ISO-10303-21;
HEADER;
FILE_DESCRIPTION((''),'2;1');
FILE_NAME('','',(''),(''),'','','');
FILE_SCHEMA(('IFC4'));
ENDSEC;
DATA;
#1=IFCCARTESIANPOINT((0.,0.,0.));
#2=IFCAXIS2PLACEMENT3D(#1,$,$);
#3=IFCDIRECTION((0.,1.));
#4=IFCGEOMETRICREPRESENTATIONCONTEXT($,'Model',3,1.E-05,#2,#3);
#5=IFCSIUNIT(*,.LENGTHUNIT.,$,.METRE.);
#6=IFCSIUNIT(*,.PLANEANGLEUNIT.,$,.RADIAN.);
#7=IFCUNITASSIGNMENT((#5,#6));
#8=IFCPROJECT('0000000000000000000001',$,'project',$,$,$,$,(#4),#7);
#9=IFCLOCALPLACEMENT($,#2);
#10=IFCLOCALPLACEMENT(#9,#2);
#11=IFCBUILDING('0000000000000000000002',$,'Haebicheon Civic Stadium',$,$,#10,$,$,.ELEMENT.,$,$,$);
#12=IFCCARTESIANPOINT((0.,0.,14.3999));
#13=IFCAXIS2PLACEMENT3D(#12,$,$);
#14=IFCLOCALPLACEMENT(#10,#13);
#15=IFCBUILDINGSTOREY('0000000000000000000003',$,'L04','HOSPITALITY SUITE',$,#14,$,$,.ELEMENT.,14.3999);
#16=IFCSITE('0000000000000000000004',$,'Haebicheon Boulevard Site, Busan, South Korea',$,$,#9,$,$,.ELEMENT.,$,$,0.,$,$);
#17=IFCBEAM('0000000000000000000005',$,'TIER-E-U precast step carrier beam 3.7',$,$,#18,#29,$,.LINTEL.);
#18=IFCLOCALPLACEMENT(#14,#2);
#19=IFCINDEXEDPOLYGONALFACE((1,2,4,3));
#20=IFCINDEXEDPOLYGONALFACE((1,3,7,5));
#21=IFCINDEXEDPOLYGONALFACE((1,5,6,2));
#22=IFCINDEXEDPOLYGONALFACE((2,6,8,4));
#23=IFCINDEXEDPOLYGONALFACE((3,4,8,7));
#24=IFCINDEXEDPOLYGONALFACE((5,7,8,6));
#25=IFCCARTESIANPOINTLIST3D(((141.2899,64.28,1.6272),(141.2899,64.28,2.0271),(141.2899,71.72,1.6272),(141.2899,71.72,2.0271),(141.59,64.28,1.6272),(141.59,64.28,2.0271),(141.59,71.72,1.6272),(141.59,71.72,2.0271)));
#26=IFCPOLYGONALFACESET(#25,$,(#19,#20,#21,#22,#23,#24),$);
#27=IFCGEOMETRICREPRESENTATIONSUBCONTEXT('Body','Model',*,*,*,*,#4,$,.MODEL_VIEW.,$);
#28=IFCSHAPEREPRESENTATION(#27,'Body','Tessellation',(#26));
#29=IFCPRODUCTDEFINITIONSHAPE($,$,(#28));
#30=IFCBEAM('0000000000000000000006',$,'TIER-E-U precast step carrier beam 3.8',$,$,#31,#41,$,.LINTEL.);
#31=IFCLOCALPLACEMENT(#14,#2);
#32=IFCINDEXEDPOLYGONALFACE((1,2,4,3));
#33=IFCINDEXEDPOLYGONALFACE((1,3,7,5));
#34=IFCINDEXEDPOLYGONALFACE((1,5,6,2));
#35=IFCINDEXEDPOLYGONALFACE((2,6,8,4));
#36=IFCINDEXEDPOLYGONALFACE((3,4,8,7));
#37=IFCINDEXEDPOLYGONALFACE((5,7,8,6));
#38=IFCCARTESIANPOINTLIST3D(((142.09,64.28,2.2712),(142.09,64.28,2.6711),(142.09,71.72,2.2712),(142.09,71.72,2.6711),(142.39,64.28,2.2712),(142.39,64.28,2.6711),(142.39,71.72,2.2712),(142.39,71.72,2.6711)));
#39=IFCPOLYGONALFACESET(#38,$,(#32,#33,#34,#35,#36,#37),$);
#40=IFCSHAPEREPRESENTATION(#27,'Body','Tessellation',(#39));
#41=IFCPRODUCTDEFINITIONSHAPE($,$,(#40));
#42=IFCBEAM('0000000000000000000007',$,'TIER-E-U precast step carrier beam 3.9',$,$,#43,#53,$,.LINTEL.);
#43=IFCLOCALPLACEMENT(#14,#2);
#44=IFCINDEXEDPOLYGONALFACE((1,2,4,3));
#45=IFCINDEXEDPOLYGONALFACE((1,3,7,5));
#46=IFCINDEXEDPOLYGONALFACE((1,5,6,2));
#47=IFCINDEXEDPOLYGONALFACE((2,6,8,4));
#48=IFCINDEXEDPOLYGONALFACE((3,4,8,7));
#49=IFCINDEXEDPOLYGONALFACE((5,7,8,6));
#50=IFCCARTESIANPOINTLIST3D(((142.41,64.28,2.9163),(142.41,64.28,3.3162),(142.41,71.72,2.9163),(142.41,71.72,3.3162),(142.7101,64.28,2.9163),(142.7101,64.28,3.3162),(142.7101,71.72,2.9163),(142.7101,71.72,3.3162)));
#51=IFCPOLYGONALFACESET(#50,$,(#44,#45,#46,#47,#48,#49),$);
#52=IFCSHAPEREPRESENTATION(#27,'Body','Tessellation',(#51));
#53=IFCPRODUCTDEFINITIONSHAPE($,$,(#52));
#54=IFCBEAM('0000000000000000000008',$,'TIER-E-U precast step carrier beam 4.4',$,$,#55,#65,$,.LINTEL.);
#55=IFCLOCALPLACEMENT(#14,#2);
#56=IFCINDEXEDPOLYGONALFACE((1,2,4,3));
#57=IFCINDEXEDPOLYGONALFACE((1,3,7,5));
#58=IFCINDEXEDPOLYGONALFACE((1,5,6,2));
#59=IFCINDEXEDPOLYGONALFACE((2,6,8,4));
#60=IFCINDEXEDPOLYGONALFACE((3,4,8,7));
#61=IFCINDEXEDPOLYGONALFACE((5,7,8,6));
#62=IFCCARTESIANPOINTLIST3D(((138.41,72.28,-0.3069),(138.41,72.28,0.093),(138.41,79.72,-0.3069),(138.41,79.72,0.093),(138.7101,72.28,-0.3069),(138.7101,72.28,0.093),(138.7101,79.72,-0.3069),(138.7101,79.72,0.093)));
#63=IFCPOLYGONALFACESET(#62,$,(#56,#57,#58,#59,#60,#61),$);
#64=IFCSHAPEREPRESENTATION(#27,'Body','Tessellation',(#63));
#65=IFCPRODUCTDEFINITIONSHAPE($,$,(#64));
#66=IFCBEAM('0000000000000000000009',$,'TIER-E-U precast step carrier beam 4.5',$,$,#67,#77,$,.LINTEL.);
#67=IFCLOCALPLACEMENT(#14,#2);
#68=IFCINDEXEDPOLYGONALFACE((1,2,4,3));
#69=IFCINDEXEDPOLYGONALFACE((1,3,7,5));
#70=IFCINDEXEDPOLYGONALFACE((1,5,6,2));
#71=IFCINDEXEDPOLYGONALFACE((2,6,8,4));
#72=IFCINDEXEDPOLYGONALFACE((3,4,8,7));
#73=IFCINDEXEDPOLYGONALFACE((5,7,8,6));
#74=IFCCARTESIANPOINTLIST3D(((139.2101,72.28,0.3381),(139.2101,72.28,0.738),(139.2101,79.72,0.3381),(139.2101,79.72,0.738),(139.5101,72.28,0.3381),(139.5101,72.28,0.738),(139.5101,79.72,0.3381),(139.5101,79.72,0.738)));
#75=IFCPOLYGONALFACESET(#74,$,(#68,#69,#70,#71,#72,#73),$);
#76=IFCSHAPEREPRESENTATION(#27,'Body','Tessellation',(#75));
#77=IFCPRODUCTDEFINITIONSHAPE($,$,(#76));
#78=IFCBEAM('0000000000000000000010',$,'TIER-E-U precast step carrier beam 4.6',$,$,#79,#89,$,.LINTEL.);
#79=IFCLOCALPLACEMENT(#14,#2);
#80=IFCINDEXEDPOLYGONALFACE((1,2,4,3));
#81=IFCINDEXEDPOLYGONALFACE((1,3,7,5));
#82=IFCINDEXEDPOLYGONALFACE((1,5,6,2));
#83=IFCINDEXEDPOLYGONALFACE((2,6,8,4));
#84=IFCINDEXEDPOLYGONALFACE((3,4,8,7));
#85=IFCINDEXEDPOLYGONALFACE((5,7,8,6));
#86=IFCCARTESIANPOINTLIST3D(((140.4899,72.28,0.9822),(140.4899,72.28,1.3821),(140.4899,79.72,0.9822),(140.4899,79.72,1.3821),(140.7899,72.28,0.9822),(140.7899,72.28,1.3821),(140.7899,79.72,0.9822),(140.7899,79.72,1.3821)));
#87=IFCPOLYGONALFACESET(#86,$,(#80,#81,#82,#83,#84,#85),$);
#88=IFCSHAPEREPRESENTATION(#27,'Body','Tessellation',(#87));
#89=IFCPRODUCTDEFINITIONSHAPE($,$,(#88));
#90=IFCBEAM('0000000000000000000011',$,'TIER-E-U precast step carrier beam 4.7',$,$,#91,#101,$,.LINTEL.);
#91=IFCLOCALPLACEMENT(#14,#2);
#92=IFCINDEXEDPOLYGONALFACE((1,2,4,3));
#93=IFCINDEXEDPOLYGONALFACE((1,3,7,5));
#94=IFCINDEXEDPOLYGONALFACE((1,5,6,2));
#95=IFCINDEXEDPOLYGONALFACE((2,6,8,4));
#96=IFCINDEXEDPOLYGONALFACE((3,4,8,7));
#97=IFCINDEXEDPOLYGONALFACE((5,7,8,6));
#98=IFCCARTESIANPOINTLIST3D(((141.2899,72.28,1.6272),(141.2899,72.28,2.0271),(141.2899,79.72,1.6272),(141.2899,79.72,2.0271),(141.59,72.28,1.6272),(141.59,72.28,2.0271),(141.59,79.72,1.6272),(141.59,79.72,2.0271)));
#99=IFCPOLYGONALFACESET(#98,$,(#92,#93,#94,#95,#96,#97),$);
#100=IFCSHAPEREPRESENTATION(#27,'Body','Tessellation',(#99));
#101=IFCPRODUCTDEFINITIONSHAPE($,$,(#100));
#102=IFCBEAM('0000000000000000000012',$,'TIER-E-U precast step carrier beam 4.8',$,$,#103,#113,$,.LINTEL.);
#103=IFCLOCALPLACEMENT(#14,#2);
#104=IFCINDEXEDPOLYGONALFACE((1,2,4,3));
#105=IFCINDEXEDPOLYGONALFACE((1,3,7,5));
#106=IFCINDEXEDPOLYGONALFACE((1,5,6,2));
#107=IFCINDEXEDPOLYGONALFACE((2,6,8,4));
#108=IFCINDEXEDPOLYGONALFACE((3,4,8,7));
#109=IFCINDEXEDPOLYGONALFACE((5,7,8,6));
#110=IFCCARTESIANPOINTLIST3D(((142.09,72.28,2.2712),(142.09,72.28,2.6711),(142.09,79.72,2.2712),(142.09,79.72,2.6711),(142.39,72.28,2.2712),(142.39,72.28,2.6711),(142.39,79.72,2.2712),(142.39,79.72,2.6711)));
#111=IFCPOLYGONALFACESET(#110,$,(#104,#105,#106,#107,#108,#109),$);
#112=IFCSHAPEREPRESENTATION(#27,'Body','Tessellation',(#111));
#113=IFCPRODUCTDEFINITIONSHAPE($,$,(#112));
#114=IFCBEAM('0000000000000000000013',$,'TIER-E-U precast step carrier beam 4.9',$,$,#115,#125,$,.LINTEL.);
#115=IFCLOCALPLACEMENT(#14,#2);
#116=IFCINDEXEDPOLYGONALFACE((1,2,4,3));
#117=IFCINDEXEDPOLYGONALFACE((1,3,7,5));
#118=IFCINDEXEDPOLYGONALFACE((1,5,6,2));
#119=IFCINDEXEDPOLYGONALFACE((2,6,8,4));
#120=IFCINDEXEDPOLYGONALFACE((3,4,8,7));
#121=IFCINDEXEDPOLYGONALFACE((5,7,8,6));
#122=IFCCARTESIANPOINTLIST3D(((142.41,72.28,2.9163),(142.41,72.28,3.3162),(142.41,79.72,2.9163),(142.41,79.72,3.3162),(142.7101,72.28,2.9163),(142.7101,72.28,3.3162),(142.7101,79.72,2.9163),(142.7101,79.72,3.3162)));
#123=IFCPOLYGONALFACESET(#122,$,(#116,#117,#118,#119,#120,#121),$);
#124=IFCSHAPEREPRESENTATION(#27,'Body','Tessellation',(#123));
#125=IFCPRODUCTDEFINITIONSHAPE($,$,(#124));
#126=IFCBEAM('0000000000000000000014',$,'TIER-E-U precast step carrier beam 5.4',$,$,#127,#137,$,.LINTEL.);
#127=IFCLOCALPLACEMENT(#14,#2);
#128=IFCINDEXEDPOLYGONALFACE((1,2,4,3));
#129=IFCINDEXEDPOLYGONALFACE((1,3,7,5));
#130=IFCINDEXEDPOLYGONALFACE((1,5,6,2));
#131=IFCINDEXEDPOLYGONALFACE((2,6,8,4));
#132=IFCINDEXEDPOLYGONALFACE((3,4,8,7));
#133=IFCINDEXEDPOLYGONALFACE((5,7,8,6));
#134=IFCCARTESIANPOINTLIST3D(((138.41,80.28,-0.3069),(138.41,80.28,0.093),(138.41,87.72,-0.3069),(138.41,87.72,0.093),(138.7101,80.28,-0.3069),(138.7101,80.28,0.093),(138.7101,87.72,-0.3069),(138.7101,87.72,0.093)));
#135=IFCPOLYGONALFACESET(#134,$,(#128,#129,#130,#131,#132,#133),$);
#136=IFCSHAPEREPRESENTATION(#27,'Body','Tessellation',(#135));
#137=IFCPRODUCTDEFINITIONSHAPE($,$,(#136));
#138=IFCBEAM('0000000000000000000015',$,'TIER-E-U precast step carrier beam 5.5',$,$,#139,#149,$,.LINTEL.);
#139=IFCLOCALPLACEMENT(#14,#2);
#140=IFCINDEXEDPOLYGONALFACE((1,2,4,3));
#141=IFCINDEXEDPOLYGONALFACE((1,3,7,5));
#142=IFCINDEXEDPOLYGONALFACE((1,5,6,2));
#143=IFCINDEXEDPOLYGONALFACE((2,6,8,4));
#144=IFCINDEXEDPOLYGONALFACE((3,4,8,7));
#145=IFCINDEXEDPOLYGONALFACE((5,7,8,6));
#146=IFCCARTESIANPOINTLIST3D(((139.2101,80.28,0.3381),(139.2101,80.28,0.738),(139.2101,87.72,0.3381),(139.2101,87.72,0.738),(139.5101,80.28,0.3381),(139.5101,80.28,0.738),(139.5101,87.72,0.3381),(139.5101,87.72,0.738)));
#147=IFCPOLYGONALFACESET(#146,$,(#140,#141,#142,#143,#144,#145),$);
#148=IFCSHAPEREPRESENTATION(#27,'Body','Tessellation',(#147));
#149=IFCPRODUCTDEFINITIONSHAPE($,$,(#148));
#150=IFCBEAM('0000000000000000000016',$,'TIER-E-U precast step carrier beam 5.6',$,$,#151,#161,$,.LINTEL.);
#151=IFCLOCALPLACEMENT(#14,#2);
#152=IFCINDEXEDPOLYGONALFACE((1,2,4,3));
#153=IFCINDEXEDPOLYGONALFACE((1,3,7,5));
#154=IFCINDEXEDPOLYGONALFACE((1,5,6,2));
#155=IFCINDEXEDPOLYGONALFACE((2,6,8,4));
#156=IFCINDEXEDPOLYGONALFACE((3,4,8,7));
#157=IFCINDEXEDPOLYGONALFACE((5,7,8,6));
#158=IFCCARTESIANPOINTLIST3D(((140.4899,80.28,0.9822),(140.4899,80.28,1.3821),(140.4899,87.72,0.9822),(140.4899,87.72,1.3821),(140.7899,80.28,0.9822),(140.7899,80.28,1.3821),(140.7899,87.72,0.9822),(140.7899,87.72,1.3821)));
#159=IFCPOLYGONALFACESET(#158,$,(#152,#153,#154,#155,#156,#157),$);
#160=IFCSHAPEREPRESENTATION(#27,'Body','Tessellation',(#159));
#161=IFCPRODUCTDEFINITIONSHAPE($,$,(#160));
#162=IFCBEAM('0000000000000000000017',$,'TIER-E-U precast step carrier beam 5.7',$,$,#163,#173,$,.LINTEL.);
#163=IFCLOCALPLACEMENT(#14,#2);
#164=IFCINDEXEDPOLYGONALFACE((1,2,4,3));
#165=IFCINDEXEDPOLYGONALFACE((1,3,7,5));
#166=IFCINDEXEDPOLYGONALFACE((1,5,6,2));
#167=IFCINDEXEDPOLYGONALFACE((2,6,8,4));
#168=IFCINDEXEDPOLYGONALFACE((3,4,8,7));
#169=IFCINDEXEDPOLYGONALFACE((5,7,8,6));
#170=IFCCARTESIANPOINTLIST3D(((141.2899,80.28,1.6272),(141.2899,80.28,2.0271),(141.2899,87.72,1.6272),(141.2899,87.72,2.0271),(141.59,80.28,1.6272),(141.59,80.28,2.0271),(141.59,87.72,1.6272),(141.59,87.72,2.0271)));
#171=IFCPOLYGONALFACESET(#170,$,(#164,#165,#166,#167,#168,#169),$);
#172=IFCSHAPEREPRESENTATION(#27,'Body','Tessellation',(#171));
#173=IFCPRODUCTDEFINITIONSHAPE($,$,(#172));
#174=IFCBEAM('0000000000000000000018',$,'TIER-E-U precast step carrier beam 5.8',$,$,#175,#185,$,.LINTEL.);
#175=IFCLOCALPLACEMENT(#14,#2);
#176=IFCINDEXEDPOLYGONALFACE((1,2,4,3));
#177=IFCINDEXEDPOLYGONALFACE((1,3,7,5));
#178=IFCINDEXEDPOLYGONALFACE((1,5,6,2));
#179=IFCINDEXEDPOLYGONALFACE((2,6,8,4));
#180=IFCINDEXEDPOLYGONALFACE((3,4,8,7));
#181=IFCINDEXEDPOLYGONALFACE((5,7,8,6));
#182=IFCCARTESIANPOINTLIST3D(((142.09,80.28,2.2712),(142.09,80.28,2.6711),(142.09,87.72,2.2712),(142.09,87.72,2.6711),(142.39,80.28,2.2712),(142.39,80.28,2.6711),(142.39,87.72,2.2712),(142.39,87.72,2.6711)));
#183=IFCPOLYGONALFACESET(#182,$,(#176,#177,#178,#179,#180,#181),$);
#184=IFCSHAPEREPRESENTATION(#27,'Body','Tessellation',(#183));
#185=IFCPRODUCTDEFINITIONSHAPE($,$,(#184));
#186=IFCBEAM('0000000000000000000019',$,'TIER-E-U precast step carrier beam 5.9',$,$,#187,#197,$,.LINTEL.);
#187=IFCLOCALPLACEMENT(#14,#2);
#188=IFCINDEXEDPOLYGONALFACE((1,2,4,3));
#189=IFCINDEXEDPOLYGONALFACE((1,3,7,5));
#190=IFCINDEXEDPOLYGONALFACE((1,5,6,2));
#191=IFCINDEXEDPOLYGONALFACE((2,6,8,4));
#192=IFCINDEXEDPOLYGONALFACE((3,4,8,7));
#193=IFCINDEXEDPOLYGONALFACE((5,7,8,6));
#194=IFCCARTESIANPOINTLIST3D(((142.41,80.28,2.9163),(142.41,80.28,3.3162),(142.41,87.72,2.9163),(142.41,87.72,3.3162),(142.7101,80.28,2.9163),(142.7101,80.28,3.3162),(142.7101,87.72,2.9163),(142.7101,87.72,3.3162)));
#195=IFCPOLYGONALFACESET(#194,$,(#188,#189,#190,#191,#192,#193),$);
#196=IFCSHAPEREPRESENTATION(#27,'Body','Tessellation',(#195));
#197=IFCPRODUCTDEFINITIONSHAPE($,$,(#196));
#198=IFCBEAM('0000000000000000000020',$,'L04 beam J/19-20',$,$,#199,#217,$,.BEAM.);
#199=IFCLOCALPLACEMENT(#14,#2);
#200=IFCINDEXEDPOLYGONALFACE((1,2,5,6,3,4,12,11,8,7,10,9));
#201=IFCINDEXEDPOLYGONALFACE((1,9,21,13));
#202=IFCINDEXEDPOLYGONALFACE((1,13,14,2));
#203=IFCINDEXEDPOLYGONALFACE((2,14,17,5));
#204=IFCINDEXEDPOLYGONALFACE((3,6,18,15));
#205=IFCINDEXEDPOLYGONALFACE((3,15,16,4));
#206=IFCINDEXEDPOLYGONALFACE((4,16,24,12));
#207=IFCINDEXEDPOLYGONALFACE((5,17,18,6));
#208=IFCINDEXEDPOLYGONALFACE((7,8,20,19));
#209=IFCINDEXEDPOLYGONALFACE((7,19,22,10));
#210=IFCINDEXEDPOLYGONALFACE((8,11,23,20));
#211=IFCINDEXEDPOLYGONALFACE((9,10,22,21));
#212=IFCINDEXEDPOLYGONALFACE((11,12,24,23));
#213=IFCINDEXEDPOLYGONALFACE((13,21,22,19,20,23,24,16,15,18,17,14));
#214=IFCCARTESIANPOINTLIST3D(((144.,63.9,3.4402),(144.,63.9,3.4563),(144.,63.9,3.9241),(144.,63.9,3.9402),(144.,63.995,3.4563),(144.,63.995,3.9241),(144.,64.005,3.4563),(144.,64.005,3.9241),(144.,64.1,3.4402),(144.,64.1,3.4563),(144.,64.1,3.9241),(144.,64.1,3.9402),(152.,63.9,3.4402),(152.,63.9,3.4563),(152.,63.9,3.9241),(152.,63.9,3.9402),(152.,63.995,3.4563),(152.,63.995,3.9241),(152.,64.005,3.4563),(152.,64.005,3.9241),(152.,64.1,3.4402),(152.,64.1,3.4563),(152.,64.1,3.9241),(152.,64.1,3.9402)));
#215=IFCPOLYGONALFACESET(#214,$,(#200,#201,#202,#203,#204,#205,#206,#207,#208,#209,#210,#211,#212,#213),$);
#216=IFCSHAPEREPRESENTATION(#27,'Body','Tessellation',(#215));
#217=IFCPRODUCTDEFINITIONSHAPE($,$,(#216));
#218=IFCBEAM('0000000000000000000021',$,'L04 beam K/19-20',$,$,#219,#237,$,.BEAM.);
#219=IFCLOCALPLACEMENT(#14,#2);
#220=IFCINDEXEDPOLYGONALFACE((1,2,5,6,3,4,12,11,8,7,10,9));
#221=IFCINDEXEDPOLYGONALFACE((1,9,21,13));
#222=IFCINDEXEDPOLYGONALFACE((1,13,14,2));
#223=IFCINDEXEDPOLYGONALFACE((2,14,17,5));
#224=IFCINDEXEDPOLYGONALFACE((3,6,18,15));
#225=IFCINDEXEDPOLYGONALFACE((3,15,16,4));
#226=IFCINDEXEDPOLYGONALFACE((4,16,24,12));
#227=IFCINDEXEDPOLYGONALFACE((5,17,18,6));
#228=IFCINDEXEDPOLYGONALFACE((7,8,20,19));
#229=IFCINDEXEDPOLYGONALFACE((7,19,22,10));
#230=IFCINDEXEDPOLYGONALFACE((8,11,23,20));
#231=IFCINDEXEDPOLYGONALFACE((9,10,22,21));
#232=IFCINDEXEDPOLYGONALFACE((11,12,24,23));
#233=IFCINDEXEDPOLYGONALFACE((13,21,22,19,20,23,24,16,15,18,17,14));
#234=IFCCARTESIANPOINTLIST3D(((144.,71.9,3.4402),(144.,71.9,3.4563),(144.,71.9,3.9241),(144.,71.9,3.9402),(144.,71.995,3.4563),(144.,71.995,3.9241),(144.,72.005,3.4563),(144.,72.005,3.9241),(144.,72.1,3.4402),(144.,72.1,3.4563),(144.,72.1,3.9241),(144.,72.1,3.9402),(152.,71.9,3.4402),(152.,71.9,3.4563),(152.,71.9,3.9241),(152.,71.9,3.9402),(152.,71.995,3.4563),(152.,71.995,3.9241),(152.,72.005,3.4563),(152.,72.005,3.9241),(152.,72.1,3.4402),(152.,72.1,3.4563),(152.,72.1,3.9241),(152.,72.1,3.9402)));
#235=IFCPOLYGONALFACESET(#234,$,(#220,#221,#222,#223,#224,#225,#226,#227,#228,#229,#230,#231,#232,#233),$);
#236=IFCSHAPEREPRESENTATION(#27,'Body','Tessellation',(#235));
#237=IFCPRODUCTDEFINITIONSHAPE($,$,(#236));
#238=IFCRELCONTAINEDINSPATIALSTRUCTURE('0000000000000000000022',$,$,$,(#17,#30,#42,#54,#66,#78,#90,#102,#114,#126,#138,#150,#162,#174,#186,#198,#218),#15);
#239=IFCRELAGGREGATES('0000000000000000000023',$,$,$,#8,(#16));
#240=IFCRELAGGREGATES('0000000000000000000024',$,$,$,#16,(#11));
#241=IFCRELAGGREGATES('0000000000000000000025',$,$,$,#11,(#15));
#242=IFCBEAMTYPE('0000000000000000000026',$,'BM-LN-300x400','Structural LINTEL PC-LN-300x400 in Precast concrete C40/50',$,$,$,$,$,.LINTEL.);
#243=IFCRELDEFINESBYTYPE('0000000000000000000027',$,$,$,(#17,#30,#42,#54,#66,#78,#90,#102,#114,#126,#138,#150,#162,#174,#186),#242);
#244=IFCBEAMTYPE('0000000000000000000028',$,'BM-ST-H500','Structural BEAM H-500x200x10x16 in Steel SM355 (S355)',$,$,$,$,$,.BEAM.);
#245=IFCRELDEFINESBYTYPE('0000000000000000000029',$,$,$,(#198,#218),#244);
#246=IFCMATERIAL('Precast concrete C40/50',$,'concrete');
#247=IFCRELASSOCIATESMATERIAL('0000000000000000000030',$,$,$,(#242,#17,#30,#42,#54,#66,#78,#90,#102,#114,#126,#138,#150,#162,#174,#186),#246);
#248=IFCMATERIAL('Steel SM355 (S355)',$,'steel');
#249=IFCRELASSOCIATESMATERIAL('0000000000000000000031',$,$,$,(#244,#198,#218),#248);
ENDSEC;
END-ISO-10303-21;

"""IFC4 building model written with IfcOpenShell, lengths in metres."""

from ifc_helpers import new_model, si_unit, direction, frame, origin, origin_2d, place, context, subcontext, project, spatial, rectangle, i_section, extrude, material, material_profile, profile_set, type_object, element, save


model = new_model("IFC4")

# Units and contexts
model_context = context("Model", 3, precision=1e-05, world=origin(), true_north=direction((0.0, 1.0)))
body_context = subcontext(model_context, "Body", "Model", "MODEL_VIEW")
ifc_project = project(units=[si_unit("LENGTHUNIT", "METRE"), si_unit("PLANEANGLEUNIT", "RADIAN")], contexts=[model_context])

# Site, building, storey
site_placement = place(None, origin())
site = spatial("IfcSite", under=ifc_project, at=site_placement, Name="Haebicheon Boulevard Site, Busan, South Korea", CompositionType="ELEMENT", RefElevation=0.0)
building_placement = place(site_placement, origin())
building = spatial("IfcBuilding", under=site, at=building_placement, Name="Haebicheon Civic Stadium", CompositionType="ELEMENT")
storey_placement = place(building_placement, frame((0.0, 0.0, 14.3999)))
storey = spatial("IfcBuildingStorey", under=building, at=storey_placement, Name="L04", Description="HOSPITALITY SUITE", CompositionType="ELEMENT", Elevation=14.3999)

# Beams
ifc_material_1 = material(Name="Precast concrete C40/50", Category="concrete")
ifc_material_profile_1 = material_profile(ifc_material_1, rectangle(XDim=0.3, YDim=0.3999, at=origin_2d()), Name="PC-LN-300x400")
ifc_profile_set_1 = profile_set([ifc_material_profile_1], Name="Precast concrete C40/50")
beam_type_1 = type_object("IfcBeamType", Name="BM-LN-300x400", Description="Structural LINTEL PC-LN-300x400 in Precast concrete C40/50", PredefinedType="LINTEL", material=ifc_profile_set_1)
for number, where, z_axis, x_axis, name in (
    (1, (141.4399, 64.28, 1.8271), (0.0, 1.0, 0.0), (-1.0, 0.0, 0.0), "TIER-E-U precast step carrier beam 3.7"),
    (2, (142.24, 64.28, 2.4712), (0.0, 1.0, 0.0), (-1.0, 0.0, 0.0), "TIER-E-U precast step carrier beam 3.8"),
    (3, (142.5601, 64.28, 3.1162), (0.0, 1.0, 0.0), (-1.0, 0.0, 0.0), "TIER-E-U precast step carrier beam 3.9"),
    (4, (138.5601, 72.28, -0.1069), (0.0, 1.0, 0.0), (-1.0, 0.0, 0.0), "TIER-E-U precast step carrier beam 4.4"),
    (5, (139.3601, 72.28, 0.5381), (0.0, 1.0, 0.0), (-1.0, 0.0, 0.0), "TIER-E-U precast step carrier beam 4.5"),
    (6, (140.6399, 72.28, 1.1821), (0.0, 1.0, 0.0), (-1.0, 0.0, 0.0), "TIER-E-U precast step carrier beam 4.6"),
    (7, (141.4399, 72.28, 1.8271), (0.0, 1.0, 0.0), (-1.0, 0.0, 0.0), "TIER-E-U precast step carrier beam 4.7"),
    (8, (142.24, 72.28, 2.4712), (0.0, 1.0, 0.0), (-1.0, 0.0, 0.0), "TIER-E-U precast step carrier beam 4.8"),
    (9, (142.5601, 72.28, 3.1162), (0.0, 1.0, 0.0), (-1.0, 0.0, 0.0), "TIER-E-U precast step carrier beam 4.9"),
    (10, (138.5601, 80.28, -0.1069), (0.0, 1.0, 0.0), (-1.0, 0.0, 0.0), "TIER-E-U precast step carrier beam 5.4"),
    (11, (139.3601, 80.28, 0.5381), (0.0, 1.0, 0.0), (-1.0, 0.0, 0.0), "TIER-E-U precast step carrier beam 5.5"),
    (12, (140.6399, 80.28, 1.1821), (0.0, 1.0, 0.0), (-1.0, 0.0, 0.0), "TIER-E-U precast step carrier beam 5.6"),
    (13, (141.4399, 80.28, 1.8271), (0.0, 1.0, 0.0), (-1.0, 0.0, 0.0), "TIER-E-U precast step carrier beam 5.7"),
    (14, (142.24, 80.28, 2.4712), (0.0, 1.0, 0.0), (-1.0, 0.0, 0.0), "TIER-E-U precast step carrier beam 5.8"),
    (15, (142.5601, 80.28, 3.1162), (0.0, 1.0, 0.0), (-1.0, 0.0, 0.0), "TIER-E-U precast step carrier beam 5.9"),
):
    element("IfcBeam", number, at=place(storey_placement, frame(where, z_axis=z_axis, x_axis=x_axis)), inside=storey, type_object=beam_type_1, material=ifc_profile_set_1, Name=name, PredefinedType="LINTEL", context=body_context, shape_type="SweptSolid", body=[
        extrude(rectangle(XDim=0.3, YDim=0.3999, at=origin_2d()), origin(), (0.0, 0.0, 1.0), 7.4399),
    ])
ifc_material_2 = material(Name="Steel SM355 (S355)", Category="steel")
ifc_material_profile_2 = material_profile(ifc_material_2, i_section(OverallWidth=0.2, OverallDepth=0.5, WebThickness=0.01, FlangeThickness=0.0161, at=origin_2d()), Name="H-500x200x10x16")
ifc_profile_set_2 = profile_set([ifc_material_profile_2], Name="Steel SM355 (S355)")
beam_type_2 = type_object("IfcBeamType", Name="BM-ST-H500", Description="Structural BEAM H-500x200x10x16 in Steel SM355 (S355)", PredefinedType="BEAM", material=ifc_profile_set_2)
for number, where, z_axis, x_axis, name in (
    (16, (144.0, 64.0, 3.6902), (1.0, 0.0, 0.0), (0.0, 1.0, 0.0), "L04 beam J/19-20"),
    (17, (144.0, 72.0, 3.6902), (1.0, 0.0, 0.0), (0.0, 1.0, 0.0), "L04 beam K/19-20"),
):
    element("IfcBeam", number, at=place(storey_placement, frame(where, z_axis=z_axis, x_axis=x_axis)), inside=storey, type_object=beam_type_2, material=ifc_profile_set_2, Name=name, PredefinedType="BEAM", context=body_context, shape_type="SweptSolid", body=[
        extrude(i_section(OverallWidth=0.2, OverallDepth=0.5, WebThickness=0.01, FlangeThickness=0.0161, at=origin_2d()), origin(), (0.0, 0.0, 1.0), 8.0),
    ])

save(model, "model.ifc")
